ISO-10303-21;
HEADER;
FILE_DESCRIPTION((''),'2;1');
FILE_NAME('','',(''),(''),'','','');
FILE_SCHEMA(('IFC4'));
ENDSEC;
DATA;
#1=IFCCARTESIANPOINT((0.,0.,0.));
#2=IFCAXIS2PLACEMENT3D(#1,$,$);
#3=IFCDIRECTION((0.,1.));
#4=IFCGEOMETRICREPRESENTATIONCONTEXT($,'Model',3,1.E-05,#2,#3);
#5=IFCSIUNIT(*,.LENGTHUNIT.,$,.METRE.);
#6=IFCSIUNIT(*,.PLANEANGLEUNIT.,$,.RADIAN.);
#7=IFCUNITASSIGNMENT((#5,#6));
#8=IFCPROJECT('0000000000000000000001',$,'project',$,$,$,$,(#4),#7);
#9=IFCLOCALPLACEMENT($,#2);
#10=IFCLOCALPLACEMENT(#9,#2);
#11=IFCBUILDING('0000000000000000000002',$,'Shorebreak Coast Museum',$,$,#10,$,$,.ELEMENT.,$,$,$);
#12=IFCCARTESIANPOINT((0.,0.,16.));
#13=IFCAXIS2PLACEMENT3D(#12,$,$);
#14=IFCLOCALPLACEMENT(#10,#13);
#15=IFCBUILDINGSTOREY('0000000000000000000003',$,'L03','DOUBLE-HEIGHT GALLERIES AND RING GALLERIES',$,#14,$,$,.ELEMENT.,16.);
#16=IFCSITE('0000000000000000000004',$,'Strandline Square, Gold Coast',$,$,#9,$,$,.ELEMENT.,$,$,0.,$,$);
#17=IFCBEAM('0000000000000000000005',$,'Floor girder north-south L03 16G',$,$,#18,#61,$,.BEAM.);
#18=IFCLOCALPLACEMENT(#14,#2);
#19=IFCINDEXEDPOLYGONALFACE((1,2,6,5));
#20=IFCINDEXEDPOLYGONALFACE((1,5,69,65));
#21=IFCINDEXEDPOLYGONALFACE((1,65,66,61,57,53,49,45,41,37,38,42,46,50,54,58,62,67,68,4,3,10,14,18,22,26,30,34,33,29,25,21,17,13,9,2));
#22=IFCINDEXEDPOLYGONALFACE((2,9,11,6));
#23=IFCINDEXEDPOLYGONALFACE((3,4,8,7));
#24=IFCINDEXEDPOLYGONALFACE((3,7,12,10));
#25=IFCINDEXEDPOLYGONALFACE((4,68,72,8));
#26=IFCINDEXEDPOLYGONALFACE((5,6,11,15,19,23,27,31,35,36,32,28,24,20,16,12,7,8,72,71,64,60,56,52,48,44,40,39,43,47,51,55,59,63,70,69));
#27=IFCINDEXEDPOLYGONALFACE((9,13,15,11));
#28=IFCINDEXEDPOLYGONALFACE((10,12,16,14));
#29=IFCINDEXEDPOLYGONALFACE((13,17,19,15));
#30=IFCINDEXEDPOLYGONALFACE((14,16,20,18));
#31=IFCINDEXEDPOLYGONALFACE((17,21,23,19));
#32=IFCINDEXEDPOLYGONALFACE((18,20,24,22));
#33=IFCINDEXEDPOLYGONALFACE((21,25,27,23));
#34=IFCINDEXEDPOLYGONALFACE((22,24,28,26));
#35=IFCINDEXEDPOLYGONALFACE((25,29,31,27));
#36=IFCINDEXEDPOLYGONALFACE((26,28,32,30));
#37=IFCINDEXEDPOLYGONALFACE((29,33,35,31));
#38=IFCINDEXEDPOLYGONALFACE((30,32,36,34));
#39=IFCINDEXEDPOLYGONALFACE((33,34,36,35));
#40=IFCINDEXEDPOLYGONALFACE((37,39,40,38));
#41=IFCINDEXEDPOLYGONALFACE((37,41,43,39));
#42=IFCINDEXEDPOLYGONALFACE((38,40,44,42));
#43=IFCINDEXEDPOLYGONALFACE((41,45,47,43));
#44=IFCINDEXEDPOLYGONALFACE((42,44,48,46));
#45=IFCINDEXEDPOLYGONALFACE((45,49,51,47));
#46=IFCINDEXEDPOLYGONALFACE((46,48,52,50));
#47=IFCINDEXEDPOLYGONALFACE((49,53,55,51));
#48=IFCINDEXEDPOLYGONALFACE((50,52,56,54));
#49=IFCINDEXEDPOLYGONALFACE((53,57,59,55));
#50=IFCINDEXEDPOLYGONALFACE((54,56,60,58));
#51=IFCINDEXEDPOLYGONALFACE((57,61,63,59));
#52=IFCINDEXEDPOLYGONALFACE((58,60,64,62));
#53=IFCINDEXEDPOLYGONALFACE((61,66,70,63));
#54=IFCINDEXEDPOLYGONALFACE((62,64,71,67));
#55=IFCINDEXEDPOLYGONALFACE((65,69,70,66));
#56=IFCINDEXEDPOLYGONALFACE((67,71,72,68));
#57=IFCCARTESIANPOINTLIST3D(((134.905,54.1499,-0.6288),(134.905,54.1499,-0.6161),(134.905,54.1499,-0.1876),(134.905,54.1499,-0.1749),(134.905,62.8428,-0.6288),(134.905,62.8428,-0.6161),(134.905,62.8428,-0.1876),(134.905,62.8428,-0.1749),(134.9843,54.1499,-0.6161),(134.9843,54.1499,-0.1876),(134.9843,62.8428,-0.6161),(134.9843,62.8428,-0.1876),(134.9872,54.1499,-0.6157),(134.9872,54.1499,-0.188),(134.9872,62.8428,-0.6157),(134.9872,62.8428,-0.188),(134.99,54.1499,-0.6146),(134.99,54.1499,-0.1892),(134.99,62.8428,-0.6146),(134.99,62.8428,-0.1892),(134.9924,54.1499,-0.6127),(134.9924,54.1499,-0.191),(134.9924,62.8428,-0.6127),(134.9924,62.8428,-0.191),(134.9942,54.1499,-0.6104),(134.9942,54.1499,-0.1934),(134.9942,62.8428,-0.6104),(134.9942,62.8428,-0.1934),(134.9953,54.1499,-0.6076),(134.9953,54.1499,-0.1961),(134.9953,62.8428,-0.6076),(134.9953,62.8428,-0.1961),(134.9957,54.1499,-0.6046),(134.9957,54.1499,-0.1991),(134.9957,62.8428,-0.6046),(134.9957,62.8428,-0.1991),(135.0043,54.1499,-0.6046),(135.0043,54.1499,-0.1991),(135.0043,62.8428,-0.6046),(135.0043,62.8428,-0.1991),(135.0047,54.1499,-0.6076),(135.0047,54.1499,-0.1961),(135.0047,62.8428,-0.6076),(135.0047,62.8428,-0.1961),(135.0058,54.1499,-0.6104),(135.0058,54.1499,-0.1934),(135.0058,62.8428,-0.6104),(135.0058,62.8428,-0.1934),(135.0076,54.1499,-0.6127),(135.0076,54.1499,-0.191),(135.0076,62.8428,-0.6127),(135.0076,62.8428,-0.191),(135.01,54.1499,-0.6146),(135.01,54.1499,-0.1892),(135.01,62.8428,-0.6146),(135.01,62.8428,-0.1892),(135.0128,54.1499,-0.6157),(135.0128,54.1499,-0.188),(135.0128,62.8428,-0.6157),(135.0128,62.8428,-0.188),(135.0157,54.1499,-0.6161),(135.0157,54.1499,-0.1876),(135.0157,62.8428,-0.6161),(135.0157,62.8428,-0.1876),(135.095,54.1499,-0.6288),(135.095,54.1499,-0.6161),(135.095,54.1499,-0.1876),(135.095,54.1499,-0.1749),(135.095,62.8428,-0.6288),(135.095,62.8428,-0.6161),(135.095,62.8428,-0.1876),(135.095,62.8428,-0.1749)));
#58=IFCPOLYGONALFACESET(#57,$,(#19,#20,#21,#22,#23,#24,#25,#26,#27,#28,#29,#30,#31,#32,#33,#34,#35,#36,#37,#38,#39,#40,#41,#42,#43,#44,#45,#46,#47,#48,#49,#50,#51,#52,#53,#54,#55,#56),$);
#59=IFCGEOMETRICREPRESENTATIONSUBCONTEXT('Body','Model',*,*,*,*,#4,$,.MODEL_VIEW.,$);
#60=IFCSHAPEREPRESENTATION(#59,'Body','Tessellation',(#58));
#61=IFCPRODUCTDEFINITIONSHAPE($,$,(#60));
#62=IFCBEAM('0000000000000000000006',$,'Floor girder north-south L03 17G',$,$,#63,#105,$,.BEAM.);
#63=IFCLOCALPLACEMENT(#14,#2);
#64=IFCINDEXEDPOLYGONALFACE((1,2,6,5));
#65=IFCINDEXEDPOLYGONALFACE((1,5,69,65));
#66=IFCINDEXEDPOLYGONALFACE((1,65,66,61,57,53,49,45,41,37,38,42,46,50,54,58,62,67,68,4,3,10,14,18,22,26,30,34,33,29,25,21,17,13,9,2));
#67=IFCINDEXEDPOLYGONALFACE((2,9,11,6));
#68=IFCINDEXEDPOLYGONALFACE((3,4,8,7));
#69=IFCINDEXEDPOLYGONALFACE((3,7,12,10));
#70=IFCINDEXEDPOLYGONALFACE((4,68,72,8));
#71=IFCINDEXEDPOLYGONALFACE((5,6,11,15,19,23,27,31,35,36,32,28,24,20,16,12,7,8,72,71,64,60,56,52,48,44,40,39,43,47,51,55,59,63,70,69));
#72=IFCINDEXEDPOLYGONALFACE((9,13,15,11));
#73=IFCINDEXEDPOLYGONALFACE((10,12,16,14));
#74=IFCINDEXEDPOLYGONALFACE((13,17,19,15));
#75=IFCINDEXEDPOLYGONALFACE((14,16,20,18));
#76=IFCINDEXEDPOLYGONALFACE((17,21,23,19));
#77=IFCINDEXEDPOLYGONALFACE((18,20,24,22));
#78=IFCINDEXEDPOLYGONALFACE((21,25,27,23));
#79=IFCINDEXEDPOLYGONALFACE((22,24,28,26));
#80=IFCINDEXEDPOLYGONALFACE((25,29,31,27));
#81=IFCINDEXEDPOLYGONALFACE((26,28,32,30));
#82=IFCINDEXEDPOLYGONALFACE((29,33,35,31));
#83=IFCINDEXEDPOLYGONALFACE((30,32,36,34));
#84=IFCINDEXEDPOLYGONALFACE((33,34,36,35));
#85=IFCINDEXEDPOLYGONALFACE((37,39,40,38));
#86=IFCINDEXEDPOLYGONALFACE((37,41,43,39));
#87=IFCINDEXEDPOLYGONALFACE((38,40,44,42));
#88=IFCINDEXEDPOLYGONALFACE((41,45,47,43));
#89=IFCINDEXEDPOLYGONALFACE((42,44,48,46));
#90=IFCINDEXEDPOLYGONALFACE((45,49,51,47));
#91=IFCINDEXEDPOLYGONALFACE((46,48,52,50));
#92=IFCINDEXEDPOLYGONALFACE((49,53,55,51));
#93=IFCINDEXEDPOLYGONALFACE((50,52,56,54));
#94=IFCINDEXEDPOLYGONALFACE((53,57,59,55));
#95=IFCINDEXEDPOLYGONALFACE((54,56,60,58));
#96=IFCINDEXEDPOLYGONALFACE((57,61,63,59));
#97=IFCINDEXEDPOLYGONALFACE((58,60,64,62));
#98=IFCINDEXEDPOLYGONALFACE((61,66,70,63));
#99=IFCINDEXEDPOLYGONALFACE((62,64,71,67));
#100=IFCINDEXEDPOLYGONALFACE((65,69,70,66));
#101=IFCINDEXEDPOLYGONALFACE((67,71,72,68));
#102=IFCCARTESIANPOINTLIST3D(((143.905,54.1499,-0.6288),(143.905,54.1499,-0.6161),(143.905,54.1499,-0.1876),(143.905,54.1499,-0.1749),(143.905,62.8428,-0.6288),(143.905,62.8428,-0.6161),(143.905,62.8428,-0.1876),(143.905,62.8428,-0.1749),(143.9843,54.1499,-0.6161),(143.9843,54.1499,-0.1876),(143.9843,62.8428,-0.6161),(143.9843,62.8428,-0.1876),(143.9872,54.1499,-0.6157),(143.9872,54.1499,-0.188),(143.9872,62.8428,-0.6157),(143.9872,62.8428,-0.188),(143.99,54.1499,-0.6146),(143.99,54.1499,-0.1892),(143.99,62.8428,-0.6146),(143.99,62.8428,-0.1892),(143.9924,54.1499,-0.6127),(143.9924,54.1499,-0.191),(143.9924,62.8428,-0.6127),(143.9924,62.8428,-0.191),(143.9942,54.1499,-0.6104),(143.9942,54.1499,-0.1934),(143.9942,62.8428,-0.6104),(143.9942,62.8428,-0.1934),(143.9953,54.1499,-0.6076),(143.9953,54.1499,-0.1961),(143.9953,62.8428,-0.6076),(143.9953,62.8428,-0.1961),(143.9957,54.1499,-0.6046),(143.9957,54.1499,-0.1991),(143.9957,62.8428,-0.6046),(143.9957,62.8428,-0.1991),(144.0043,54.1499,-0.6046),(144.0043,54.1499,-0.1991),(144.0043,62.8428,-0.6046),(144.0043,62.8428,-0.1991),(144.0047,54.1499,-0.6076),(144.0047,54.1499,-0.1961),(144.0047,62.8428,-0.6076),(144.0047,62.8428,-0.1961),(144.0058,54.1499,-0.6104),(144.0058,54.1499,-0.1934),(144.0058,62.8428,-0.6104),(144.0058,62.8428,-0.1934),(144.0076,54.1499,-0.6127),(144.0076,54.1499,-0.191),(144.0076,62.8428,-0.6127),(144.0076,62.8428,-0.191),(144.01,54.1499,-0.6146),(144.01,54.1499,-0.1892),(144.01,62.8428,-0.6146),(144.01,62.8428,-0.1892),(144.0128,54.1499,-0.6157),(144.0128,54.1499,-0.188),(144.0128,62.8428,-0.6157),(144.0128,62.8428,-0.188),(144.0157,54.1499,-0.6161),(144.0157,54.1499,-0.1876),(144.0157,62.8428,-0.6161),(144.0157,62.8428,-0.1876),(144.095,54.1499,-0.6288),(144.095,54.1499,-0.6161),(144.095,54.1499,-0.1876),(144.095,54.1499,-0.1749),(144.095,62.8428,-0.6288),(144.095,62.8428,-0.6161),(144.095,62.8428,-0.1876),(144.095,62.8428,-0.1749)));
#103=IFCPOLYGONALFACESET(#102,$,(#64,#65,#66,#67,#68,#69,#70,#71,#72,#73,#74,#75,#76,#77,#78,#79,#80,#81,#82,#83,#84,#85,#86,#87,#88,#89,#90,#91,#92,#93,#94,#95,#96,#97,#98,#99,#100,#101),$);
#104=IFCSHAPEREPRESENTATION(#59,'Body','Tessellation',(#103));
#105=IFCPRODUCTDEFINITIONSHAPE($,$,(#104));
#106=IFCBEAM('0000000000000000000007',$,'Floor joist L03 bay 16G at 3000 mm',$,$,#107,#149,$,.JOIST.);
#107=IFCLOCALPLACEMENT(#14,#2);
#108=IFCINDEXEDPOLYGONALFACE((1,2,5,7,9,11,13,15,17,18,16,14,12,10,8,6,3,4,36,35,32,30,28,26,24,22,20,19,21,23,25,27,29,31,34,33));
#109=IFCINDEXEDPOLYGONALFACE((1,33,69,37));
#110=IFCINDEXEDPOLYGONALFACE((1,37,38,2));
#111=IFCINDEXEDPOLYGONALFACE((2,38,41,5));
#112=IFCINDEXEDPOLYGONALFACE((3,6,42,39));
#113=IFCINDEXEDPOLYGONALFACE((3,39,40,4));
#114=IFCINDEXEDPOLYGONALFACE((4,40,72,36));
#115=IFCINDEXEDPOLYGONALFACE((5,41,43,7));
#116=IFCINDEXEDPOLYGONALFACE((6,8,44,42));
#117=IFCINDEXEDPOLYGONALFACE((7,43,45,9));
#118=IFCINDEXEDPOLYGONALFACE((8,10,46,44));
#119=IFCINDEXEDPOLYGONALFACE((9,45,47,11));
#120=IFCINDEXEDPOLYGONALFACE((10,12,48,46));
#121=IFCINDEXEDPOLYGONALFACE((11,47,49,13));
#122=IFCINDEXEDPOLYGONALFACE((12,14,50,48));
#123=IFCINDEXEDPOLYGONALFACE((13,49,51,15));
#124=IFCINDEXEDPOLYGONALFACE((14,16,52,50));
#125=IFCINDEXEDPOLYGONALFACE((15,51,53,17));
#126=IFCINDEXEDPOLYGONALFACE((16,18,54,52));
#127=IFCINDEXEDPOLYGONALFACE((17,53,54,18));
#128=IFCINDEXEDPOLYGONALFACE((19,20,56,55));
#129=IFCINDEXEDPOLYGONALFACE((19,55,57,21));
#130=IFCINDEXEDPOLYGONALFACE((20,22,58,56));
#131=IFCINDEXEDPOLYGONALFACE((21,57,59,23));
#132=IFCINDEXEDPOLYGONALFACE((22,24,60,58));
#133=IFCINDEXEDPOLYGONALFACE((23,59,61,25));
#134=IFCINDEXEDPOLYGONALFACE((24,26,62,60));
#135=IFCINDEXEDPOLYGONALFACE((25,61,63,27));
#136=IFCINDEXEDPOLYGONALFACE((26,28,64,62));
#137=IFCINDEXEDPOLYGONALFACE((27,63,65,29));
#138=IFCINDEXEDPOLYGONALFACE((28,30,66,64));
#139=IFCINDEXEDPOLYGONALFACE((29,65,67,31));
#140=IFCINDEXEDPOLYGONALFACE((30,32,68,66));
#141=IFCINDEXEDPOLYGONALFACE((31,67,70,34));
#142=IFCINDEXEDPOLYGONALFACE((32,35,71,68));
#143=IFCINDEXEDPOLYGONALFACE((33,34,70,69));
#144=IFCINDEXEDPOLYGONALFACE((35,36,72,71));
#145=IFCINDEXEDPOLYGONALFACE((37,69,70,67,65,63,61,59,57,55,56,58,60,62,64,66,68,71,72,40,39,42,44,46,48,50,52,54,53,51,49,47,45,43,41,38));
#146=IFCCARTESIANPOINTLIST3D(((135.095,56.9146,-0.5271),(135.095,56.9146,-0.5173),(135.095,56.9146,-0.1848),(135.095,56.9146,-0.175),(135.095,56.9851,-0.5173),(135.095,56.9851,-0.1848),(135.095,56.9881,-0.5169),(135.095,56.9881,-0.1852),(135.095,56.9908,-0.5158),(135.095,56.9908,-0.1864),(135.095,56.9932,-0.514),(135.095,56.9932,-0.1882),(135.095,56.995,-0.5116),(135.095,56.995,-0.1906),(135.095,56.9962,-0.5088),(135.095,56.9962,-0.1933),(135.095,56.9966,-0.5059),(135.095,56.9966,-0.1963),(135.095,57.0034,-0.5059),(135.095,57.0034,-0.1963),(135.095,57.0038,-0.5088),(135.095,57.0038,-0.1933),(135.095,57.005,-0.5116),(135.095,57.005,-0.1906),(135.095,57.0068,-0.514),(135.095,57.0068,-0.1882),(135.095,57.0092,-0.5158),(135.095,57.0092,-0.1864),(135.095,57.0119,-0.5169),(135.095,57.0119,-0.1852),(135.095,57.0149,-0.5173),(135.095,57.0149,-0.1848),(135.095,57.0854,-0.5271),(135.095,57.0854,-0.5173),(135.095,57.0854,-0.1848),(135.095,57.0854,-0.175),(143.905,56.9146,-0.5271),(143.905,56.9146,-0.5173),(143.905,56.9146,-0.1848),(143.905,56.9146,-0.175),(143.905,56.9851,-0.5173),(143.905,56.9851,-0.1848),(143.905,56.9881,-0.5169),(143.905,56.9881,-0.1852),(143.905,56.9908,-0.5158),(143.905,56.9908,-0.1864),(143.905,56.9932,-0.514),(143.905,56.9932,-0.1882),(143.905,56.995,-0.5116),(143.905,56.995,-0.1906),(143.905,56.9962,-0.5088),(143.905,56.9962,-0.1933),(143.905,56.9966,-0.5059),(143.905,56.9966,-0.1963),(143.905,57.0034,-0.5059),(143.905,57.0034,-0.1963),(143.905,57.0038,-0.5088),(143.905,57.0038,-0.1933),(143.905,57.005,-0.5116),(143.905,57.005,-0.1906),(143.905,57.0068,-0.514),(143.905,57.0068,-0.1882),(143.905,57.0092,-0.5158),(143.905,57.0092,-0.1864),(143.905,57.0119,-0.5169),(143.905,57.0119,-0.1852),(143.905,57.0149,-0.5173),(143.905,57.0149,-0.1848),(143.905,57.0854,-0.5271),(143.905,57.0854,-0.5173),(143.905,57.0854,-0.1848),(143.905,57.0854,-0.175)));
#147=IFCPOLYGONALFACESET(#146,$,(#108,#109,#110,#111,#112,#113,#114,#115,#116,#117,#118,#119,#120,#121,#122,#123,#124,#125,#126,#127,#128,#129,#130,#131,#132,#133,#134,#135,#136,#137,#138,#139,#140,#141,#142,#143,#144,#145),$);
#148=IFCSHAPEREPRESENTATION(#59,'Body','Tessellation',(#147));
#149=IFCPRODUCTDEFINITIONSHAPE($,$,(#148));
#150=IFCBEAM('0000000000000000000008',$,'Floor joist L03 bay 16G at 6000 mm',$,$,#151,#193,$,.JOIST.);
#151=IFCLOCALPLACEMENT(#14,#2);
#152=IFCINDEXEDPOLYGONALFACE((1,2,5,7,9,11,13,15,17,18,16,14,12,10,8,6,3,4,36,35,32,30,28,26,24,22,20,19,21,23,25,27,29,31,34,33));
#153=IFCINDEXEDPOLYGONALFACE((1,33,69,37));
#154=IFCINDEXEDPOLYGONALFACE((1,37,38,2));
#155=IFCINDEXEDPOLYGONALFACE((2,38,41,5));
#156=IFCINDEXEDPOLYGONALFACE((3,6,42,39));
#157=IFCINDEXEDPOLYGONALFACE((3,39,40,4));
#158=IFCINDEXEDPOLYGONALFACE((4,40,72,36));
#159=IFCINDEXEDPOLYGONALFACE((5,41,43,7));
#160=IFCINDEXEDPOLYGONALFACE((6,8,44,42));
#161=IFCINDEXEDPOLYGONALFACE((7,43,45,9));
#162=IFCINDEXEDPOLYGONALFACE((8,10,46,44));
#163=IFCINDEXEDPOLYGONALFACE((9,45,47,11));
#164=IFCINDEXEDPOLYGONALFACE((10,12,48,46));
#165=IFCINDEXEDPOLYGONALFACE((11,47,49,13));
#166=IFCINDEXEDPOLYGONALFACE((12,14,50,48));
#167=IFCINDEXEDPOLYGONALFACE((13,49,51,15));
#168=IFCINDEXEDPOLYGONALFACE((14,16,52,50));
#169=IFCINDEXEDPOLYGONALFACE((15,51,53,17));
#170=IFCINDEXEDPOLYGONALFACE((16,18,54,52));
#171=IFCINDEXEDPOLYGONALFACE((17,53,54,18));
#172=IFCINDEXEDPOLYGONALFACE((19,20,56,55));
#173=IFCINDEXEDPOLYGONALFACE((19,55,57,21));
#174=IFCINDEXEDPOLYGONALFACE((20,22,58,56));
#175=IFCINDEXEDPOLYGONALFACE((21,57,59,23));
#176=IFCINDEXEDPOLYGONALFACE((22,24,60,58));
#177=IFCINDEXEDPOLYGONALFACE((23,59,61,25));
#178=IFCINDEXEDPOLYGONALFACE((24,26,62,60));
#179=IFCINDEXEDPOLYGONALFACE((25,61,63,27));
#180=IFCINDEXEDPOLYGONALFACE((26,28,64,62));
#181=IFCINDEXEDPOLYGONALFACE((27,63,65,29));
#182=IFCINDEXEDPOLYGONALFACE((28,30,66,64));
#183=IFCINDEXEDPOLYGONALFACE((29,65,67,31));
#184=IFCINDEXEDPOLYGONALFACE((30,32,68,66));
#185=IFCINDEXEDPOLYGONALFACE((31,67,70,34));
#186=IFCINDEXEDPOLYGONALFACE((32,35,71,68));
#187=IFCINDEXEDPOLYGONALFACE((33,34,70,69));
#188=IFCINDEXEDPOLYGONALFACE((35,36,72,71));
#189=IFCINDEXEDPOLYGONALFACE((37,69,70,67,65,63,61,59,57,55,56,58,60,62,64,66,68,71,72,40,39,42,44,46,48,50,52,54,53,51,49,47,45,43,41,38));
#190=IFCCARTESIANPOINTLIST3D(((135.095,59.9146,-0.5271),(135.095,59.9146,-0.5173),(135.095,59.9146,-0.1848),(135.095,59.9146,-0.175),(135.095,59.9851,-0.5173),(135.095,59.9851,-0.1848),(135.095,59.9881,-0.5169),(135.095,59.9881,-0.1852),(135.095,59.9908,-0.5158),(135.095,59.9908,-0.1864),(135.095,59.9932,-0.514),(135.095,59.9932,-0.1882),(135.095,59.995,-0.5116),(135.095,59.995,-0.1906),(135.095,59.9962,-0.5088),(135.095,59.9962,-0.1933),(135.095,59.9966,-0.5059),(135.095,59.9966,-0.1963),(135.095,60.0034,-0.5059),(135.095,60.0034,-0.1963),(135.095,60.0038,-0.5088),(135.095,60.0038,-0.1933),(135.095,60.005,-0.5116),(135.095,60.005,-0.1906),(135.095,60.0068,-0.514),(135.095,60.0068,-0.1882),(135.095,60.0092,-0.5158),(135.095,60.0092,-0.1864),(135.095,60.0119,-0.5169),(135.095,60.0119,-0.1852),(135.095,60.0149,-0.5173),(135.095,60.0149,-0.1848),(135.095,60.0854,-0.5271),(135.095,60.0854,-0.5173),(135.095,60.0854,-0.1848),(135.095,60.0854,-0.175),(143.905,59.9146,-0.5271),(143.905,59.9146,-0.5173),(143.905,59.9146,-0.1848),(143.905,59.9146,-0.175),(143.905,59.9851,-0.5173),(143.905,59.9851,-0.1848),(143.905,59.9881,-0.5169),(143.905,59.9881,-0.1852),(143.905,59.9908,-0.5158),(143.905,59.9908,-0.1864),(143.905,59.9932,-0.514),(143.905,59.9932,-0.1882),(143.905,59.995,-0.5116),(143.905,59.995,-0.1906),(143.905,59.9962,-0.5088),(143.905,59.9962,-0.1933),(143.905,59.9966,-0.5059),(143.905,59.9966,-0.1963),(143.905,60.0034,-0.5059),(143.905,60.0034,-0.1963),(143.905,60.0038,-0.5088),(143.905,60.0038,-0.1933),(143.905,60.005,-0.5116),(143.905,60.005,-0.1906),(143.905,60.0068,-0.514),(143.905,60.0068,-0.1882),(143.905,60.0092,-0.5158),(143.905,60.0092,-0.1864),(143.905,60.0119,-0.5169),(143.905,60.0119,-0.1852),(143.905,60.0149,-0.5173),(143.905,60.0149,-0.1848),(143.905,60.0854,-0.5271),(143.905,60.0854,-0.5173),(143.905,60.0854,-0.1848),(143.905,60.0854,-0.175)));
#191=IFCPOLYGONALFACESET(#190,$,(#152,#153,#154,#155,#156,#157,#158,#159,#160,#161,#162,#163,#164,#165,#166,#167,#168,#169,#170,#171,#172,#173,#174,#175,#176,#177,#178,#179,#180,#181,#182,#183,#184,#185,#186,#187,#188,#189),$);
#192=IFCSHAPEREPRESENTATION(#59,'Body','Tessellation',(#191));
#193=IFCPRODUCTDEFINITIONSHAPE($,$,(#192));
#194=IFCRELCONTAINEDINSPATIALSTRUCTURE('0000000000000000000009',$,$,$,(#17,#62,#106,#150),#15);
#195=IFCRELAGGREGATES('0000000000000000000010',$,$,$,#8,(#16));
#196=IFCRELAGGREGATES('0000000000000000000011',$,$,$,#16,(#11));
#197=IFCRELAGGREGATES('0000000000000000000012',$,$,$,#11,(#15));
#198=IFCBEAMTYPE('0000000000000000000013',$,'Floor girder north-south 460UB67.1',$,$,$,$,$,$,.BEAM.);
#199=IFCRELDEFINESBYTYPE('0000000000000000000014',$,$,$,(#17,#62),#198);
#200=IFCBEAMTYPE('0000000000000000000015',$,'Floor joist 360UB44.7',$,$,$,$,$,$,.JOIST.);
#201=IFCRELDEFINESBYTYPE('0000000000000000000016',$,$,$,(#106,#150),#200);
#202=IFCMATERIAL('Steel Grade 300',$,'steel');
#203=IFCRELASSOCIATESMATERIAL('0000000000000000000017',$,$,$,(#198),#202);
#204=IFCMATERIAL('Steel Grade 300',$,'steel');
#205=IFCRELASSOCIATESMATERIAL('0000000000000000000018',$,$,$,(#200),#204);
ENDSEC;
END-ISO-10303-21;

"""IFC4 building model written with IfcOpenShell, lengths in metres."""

from ifc_helpers import new_model, si_unit, direction, frame, origin, origin_2d, place, context, subcontext, project, spatial, i_section, extrude, material, material_profile, profile_set, type_object, element, save


model = new_model("IFC4")

# Units and contexts
model_context = context("Model", 3, precision=1e-05, world=origin(), true_north=direction((0.0, 1.0)))
body_context = subcontext(model_context, "Body", "Model", "MODEL_VIEW")
ifc_project = project(units=[si_unit("LENGTHUNIT", "METRE"), si_unit("PLANEANGLEUNIT", "RADIAN")], contexts=[model_context])

# Site, building, storey
site_placement = place(None, origin())
site = spatial("IfcSite", under=ifc_project, at=site_placement, Name="Strandline Square, Gold Coast", CompositionType="ELEMENT", RefElevation=0.0)
building_placement = place(site_placement, origin())
building = spatial("IfcBuilding", under=site, at=building_placement, Name="Shorebreak Coast Museum", CompositionType="ELEMENT")
storey_placement = place(building_placement, frame((0.0, 0.0, 16.0)))
storey = spatial("IfcBuildingStorey", under=building, at=storey_placement, Name="L03", Description="DOUBLE-HEIGHT GALLERIES AND RING GALLERIES", CompositionType="ELEMENT", Elevation=16.0)

# Beams
ifc_material_1 = material(Name="Steel Grade 300", Category="steel")
ifc_material_profile_1 = material_profile(ifc_material_1, i_section(OverallWidth=0.1899, OverallDepth=0.4539, WebThickness=0.0085, FlangeThickness=0.0127, FilletRadius=0.0115, at=origin_2d()), Name="460UB67.1")
ifc_profile_set_1 = profile_set([ifc_material_profile_1], Name="Steel Grade 300")
beam_type_1 = type_object("IfcBeamType", Name="Floor girder north-south 460UB67.1", PredefinedType="BEAM", material=ifc_profile_set_1)
for number, where, z_axis, x_axis, name in (
    (1, (135.0, 54.1499, -0.4019), (0.0, 1.0, 0.0), (-1.0, 0.0, 0.0), "Floor girder north-south L03 16G"),
    (2, (144.0, 54.1499, -0.4019), (0.0, 1.0, 0.0), (-1.0, 0.0, 0.0), "Floor girder north-south L03 17G"),
):
    element("IfcBeam", number, at=place(storey_placement, frame(where, z_axis=z_axis, x_axis=x_axis)), inside=storey, type_object=beam_type_1, Name=name, PredefinedType="BEAM", context=body_context, shape_type="SweptSolid", body=[
        extrude(i_section(OverallWidth=0.1899, OverallDepth=0.4539, WebThickness=0.0085, FlangeThickness=0.0127, FilletRadius=0.0115, at=origin_2d()), origin(), (0.0, 0.0, 1.0), 8.6929),
    ])
ifc_material_2 = material(Name="Steel Grade 300", Category="steel")
ifc_material_profile_2 = material_profile(ifc_material_2, i_section(OverallWidth=0.1709, OverallDepth=0.3521, WebThickness=0.0068, FlangeThickness=0.0098, FilletRadius=0.0115, at=origin_2d()), Name="360UB44.7")
ifc_profile_set_2 = profile_set([ifc_material_profile_2], Name="Steel Grade 300")
beam_type_2 = type_object("IfcBeamType", Name="Floor joist 360UB44.7", PredefinedType="JOIST", material=ifc_profile_set_2)
for number, where, z_axis, x_axis, name in (
    (3, (135.095, 57.0, -0.3511), (1.0, 0.0, 0.0), (0.0, 1.0, 0.0), "Floor joist L03 bay 16G at 3000 mm"),
    (4, (135.095, 60.0, -0.3511), (1.0, 0.0, 0.0), (0.0, 1.0, 0.0), "Floor joist L03 bay 16G at 6000 mm"),
):
    element("IfcBeam", number, at=place(storey_placement, frame(where, z_axis=z_axis, x_axis=x_axis)), inside=storey, type_object=beam_type_2, Name=name, PredefinedType="JOIST", context=body_context, shape_type="SweptSolid", body=[
        extrude(i_section(OverallWidth=0.1709, OverallDepth=0.3521, WebThickness=0.0068, FlangeThickness=0.0098, FilletRadius=0.0115, at=origin_2d()), origin(), (0.0, 0.0, 1.0), 8.8101),
    ])

save(model, "model.ifc")
